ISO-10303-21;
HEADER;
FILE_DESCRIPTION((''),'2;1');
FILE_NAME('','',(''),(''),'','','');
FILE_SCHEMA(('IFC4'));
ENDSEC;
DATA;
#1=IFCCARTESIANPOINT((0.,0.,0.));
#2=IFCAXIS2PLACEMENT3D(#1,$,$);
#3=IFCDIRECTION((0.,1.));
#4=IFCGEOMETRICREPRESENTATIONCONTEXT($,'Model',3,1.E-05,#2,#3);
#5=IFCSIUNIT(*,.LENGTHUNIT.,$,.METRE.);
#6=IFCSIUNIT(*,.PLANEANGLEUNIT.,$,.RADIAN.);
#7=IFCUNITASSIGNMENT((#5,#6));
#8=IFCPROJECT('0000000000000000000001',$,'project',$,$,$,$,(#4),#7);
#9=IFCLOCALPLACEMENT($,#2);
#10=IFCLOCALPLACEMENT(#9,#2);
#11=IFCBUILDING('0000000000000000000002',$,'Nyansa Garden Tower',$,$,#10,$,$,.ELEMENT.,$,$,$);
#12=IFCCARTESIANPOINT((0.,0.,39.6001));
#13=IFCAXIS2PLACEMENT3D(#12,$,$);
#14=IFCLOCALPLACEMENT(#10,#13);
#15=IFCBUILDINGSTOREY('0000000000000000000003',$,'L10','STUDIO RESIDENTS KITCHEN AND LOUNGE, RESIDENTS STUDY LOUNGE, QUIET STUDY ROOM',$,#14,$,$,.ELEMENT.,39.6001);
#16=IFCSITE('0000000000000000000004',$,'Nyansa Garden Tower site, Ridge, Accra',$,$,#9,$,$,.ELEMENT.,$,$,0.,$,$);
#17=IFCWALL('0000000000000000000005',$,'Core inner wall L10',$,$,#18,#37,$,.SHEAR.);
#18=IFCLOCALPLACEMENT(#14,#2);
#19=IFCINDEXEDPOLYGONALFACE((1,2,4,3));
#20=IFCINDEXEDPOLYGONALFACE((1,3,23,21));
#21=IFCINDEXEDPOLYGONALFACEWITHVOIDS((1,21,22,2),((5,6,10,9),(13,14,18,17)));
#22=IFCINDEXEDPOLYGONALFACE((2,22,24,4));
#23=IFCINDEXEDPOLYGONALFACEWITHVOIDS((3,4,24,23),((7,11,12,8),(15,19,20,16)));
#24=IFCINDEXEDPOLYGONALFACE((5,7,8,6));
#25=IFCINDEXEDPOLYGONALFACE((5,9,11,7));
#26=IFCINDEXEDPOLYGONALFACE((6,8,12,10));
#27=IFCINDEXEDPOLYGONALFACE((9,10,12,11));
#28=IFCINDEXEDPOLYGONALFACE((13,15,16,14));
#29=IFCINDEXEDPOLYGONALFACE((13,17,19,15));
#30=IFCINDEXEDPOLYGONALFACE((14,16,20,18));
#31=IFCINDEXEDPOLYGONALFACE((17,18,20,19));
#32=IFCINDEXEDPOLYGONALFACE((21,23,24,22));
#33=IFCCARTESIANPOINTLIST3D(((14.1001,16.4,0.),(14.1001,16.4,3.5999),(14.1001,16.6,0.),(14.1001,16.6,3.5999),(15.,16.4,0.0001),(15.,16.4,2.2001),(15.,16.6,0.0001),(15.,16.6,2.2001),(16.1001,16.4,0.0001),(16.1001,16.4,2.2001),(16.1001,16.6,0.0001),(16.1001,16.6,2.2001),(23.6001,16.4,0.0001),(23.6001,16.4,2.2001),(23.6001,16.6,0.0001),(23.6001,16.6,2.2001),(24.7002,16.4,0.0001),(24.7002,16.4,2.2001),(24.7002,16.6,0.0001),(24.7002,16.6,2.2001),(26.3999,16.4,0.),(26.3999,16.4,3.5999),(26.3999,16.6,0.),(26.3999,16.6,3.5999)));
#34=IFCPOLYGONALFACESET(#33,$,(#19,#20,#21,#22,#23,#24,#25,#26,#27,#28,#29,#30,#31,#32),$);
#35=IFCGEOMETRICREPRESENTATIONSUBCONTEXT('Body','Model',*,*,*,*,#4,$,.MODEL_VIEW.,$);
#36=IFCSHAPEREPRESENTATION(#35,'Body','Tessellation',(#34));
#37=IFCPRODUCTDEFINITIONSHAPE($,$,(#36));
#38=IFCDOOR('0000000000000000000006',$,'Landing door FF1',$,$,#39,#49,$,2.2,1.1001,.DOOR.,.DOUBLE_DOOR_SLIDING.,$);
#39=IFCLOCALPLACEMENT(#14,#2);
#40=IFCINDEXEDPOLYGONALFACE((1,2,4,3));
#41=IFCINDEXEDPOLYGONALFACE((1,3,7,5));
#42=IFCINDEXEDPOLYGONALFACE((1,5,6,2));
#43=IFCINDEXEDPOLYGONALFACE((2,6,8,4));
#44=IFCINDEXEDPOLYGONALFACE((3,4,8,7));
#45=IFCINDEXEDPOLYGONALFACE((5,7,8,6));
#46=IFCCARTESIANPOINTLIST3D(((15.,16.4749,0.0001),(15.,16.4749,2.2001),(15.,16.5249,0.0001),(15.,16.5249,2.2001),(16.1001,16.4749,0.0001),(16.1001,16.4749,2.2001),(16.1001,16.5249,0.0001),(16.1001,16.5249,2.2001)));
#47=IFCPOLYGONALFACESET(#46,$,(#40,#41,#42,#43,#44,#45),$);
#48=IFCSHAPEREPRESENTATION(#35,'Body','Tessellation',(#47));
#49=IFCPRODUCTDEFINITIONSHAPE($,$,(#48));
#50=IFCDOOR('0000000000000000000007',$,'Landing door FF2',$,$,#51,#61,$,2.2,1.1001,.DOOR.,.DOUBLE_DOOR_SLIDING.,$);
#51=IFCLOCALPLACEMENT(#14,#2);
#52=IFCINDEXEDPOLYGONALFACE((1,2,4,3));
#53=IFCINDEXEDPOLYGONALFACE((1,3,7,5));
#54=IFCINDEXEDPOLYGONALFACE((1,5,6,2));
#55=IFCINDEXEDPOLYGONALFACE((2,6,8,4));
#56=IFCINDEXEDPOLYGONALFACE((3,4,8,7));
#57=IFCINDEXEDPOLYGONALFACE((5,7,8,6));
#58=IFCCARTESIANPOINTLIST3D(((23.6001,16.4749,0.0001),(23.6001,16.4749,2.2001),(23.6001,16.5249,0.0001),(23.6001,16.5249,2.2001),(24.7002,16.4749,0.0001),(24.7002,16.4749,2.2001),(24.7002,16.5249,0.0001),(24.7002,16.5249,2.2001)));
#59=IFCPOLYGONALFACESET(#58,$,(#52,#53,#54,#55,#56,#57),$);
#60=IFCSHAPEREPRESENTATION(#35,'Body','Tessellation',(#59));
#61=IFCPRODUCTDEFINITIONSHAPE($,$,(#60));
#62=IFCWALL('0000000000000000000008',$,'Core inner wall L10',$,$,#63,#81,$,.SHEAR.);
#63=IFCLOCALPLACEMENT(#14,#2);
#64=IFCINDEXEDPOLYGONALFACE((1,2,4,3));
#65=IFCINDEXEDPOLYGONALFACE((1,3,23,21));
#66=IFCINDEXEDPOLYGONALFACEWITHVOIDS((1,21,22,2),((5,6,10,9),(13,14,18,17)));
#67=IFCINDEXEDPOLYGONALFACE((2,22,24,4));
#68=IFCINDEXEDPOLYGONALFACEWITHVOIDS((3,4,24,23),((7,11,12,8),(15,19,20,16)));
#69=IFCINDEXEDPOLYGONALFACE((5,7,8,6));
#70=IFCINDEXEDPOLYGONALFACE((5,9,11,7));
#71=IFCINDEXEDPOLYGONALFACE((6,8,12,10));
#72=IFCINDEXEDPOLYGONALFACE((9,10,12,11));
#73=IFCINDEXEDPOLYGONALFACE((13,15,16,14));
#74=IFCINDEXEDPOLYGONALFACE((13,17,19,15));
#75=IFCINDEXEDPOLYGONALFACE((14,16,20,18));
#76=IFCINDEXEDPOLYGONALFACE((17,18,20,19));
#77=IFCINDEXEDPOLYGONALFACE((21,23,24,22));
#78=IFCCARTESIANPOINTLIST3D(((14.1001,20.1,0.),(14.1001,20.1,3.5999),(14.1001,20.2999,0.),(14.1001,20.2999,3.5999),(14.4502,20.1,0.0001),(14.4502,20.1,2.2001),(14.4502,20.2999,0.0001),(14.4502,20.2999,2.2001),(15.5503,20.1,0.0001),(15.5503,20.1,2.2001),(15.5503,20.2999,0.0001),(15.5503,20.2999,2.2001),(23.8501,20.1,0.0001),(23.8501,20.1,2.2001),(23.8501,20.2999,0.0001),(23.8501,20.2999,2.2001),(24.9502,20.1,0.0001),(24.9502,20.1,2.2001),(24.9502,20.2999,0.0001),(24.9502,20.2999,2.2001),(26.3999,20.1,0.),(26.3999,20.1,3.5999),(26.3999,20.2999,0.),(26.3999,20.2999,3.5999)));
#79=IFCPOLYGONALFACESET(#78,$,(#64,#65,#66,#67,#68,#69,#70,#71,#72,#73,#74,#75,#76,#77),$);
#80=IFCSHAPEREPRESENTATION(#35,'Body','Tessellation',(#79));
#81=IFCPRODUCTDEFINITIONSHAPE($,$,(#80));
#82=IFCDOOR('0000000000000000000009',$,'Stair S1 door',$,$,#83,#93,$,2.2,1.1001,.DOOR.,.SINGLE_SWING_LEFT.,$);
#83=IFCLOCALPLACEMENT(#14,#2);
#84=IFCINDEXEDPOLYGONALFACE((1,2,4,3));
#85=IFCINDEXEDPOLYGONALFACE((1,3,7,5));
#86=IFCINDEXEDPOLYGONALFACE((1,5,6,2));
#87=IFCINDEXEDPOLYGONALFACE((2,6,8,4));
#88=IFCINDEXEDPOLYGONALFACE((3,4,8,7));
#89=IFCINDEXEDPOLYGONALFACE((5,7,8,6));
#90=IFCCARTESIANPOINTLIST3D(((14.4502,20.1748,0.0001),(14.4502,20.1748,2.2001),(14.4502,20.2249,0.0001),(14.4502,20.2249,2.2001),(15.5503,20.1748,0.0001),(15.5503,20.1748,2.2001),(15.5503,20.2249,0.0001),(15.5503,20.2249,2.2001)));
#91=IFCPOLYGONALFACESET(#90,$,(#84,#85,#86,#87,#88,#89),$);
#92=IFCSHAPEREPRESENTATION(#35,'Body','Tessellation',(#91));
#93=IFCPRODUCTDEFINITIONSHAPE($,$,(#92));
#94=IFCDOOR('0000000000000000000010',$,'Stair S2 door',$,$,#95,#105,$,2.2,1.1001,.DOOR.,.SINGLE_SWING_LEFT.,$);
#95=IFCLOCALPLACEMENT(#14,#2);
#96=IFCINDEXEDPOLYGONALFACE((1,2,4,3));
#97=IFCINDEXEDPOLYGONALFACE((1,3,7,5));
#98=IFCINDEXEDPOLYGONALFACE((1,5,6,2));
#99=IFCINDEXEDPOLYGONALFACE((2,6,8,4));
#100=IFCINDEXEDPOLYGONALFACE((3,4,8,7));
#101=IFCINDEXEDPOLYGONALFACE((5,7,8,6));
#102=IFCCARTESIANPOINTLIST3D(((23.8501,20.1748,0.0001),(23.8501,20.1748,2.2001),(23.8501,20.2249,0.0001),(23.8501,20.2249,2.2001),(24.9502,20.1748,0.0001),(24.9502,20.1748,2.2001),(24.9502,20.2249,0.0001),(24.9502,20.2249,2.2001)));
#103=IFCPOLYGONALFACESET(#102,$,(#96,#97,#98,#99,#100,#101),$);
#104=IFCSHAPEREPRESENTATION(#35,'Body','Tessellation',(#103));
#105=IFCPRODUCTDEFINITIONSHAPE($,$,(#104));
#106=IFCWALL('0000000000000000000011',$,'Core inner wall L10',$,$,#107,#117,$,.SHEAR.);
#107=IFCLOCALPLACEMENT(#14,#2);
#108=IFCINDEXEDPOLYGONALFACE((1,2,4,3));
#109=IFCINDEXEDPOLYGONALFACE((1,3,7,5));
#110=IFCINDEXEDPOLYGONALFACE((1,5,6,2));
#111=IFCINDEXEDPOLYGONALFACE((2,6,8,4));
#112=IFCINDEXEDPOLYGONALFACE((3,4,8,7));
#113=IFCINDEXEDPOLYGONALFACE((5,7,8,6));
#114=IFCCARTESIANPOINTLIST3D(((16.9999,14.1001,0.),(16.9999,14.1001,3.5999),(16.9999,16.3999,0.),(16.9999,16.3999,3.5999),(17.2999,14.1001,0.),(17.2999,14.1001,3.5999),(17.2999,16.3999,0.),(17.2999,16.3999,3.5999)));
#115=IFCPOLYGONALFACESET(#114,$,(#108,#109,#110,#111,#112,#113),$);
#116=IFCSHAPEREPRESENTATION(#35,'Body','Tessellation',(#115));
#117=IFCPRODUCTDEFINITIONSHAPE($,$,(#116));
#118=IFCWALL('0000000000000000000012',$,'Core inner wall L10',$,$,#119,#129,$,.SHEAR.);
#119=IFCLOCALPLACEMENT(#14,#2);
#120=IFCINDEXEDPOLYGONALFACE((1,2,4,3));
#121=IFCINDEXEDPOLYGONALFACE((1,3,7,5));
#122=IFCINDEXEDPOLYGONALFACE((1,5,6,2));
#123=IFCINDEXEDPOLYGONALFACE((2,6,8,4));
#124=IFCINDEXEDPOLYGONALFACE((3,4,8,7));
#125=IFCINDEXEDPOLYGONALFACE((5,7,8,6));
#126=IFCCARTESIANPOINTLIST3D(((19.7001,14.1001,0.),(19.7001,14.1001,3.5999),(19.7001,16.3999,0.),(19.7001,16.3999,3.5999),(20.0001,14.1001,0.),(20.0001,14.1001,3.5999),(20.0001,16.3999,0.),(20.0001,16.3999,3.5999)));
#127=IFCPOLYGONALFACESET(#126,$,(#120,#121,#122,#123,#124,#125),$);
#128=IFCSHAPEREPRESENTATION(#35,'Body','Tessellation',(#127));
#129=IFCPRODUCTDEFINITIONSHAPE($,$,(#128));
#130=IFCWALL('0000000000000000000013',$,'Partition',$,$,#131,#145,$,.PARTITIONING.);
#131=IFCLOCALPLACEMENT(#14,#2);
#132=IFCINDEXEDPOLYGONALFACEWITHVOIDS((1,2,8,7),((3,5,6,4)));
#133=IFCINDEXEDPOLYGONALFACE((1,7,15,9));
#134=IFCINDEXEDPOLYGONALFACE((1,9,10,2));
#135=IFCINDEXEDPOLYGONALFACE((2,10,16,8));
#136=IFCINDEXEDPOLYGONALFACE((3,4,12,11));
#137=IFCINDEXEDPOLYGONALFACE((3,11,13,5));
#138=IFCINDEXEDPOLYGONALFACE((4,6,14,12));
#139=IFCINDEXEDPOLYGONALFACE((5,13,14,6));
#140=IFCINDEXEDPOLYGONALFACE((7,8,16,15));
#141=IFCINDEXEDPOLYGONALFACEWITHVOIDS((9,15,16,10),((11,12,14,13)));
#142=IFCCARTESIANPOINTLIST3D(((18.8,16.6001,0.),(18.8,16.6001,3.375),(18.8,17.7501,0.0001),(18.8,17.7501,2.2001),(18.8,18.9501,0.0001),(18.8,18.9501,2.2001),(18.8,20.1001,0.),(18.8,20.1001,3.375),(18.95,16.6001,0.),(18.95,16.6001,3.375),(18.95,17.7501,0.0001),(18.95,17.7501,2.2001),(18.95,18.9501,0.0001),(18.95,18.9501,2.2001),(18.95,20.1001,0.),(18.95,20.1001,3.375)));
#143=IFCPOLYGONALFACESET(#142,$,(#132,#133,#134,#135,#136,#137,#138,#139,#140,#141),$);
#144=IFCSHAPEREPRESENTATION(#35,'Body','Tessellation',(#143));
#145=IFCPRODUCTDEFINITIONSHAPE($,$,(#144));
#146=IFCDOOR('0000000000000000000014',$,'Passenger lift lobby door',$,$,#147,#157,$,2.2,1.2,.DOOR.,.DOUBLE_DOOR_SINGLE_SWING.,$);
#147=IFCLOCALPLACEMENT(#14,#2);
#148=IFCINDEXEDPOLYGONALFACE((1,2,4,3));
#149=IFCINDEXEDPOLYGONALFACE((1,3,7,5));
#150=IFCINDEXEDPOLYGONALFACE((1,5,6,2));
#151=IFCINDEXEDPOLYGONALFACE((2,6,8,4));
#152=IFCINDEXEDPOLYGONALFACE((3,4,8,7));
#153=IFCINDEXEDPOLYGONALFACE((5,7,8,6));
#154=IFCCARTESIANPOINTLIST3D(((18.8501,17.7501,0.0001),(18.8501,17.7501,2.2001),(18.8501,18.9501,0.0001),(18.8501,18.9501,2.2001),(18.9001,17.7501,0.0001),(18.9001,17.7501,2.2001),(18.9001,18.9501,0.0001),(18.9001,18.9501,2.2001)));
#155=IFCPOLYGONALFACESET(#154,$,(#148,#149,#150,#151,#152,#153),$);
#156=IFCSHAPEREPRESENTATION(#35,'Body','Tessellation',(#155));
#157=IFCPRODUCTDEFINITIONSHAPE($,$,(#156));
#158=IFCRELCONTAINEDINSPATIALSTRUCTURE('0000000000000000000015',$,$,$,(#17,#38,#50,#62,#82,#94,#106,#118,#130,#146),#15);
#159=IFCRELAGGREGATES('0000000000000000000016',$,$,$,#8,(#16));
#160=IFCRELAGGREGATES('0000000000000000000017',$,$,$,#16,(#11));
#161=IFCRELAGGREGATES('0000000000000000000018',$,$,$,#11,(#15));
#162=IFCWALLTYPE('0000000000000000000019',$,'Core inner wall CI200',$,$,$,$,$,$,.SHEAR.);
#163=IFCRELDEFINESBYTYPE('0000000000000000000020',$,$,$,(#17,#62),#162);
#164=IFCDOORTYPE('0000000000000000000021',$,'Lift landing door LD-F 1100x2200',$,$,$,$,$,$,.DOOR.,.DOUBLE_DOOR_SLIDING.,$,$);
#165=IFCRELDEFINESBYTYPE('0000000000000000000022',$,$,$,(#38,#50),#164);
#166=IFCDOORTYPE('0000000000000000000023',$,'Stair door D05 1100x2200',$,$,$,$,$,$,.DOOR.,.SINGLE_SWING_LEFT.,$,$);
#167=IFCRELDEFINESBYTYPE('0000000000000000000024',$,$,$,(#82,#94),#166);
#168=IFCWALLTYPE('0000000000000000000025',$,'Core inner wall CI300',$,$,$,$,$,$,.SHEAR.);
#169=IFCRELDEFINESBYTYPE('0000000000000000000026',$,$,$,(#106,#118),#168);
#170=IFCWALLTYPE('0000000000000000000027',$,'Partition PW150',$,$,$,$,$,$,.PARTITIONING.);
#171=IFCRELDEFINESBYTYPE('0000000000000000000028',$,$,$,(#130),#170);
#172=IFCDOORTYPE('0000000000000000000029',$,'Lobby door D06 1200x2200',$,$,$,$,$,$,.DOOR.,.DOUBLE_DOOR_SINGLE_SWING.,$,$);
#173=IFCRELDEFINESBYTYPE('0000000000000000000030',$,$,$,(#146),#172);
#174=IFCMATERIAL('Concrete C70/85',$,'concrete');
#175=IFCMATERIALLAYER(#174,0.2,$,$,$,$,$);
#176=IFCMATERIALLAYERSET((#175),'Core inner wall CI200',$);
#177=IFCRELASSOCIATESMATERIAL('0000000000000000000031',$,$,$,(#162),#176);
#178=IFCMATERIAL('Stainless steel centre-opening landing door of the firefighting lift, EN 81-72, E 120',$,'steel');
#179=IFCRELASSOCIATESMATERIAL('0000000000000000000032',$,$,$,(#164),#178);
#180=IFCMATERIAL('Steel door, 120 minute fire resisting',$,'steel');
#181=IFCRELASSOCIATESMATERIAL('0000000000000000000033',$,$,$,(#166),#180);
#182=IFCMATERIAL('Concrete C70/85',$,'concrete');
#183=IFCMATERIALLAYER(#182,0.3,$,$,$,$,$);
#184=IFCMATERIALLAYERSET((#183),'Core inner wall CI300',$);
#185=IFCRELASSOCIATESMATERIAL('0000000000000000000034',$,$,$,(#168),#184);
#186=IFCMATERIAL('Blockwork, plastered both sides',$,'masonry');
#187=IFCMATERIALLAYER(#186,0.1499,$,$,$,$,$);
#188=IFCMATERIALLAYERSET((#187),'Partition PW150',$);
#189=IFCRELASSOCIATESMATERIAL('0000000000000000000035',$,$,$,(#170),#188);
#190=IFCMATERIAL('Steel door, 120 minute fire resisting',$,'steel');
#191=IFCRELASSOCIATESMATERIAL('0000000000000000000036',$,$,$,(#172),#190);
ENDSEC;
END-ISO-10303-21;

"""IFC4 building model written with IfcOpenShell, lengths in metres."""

from ifc_helpers import new_model, si_unit, direction, frame, frame_2d, origin, place, context, subcontext, project, spatial, rectangle, extrude, material, layer, layer_set, type_object, element, fill, save


model = new_model("IFC4")

# Units and contexts
model_context = context("Model", 3, precision=1e-05, world=origin(), true_north=direction((0.0, 1.0)))
body_context = subcontext(model_context, "Body", "Model", "MODEL_VIEW")
ifc_project = project(units=[si_unit("LENGTHUNIT", "METRE"), si_unit("PLANEANGLEUNIT", "RADIAN")], contexts=[model_context])

# Site, building, storey
site_placement = place(None, origin())
site = spatial("IfcSite", under=ifc_project, at=site_placement, Name="Nyansa Garden Tower site, Ridge, Accra", CompositionType="ELEMENT", RefElevation=0.0)
building_placement = place(site_placement, origin())
building = spatial("IfcBuilding", under=site, at=building_placement, Name="Nyansa Garden Tower", CompositionType="ELEMENT")
storey_placement = place(building_placement, frame((0.0, 0.0, 39.6001)))
storey = spatial("IfcBuildingStorey", under=building, at=storey_placement, Name="L10", Description="STUDIO RESIDENTS KITCHEN AND LOUNGE, RESIDENTS STUDY LOUNGE, QUIET STUDY ROOM", CompositionType="ELEMENT", Elevation=39.6001)

# Walls, openings, doors
ifc_material_1 = material(Name="Concrete C70/85", Category="concrete")
ifc_layer_1 = layer(ifc_material_1, 0.2)
ifc_layer_set_1 = layer_set([ifc_layer_1], Name="Core inner wall CI200")
wall_type_1 = type_object("IfcWallType", Name="Core inner wall CI200", PredefinedType="SHEAR", material=ifc_layer_set_1)
wall_1_placement = place(storey_placement, frame((14.1001, 16.5, 0.0), z_axis=(0.0, 0.0, 1.0), x_axis=(1.0, 0.0, 0.0)))
wall_1 = element("IfcWall", 1, at=wall_1_placement, inside=storey, type_object=wall_type_1, Name="Core inner wall L10", PredefinedType="SHEAR", context=body_context, shape_type="SweptSolid", body=[
    extrude(rectangle(XDim=12.2998, YDim=0.2, at=frame_2d((6.1499, 0.0))), origin(), (0.0, 0.0, 1.0), 3.5999),
])
opening_1_placement = place(wall_1_placement, frame((0.8999, 0.0, 0.0)))
opening_1 = element("IfcOpeningElement", 2, at=opening_1_placement, cuts=wall_1, PredefinedType="OPENING", context=body_context, shape_type="SweptSolid", body=[
    extrude(rectangle(XDim=1.1001, YDim=2.2, at=frame_2d((0.55, 1.1001))), frame((0.0, 0.1099, 0.0), z_axis=(0.0, -1.0, 0.0), x_axis=(1.0, 0.0, 0.0)), (0.0, 0.0, 1.0), 0.22),
])
opening_2_placement = place(wall_1_placement, frame((9.5, 0.0, 0.0)))
opening_2 = element("IfcOpeningElement", 3, at=opening_2_placement, cuts=wall_1, PredefinedType="OPENING", context=body_context, shape_type="SweptSolid", body=[
    extrude(rectangle(XDim=1.1001, YDim=2.2, at=frame_2d((0.55, 1.1001))), frame((0.0, 0.1099, 0.0), z_axis=(0.0, -1.0, 0.0), x_axis=(1.0, 0.0, 0.0)), (0.0, 0.0, 1.0), 0.22),
])
ifc_material_2 = material(Name="Stainless steel centre-opening landing door of the firefighting lift, EN 81-72, E 120", Category="steel")
door_type_1 = type_object("IfcDoorType", Name="Lift landing door LD-F 1100x2200", OperationType="DOUBLE_DOOR_SLIDING", PredefinedType="DOOR", material=ifc_material_2)
door_1_placement = place(opening_1_placement, origin())
door_1 = element("IfcDoor", 4, at=door_1_placement, inside=storey, type_object=door_type_1, Name="Landing door FF1", OperationType="DOUBLE_DOOR_SLIDING", OverallHeight=2.2, OverallWidth=1.1001, PredefinedType="DOOR", context=body_context, shape_type="SweptSolid", body=[
    extrude(rectangle(XDim=1.1001, YDim=2.2, at=frame_2d((0.55, 1.1001))), frame((0.0, 0.0249, 0.0), z_axis=(0.0, -1.0, 0.0), x_axis=(1.0, 0.0, 0.0)), (0.0, 0.0, 1.0), 0.05),
])
fill(opening_1, door_1)
door_2_placement = place(opening_2_placement, origin())
door_2 = element("IfcDoor", 5, at=door_2_placement, inside=storey, type_object=door_type_1, Name="Landing door FF2", OperationType="DOUBLE_DOOR_SLIDING", OverallHeight=2.2, OverallWidth=1.1001, PredefinedType="DOOR", context=body_context, shape_type="SweptSolid", body=[
    extrude(rectangle(XDim=1.1001, YDim=2.2, at=frame_2d((0.55, 1.1001))), frame((0.0, 0.0249, 0.0), z_axis=(0.0, -1.0, 0.0), x_axis=(1.0, 0.0, 0.0)), (0.0, 0.0, 1.0), 0.05),
])
fill(opening_2, door_2)
wall_2_placement = place(storey_placement, frame((14.1001, 20.2, 0.0), z_axis=(0.0, 0.0, 1.0), x_axis=(1.0, 0.0, 0.0)))
wall_2 = element("IfcWall", 6, at=wall_2_placement, inside=storey, type_object=wall_type_1, Name="Core inner wall L10", PredefinedType="SHEAR", context=body_context, shape_type="SweptSolid", body=[
    extrude(rectangle(XDim=12.2998, YDim=0.2, at=frame_2d((6.1499, 0.0))), origin(), (0.0, 0.0, 1.0), 3.5999),
])
opening_3_placement = place(wall_2_placement, frame((0.3501, 0.0, 0.0)))
opening_3 = element("IfcOpeningElement", 7, at=opening_3_placement, cuts=wall_2, PredefinedType="OPENING", context=body_context, shape_type="SweptSolid", body=[
    extrude(rectangle(XDim=1.1001, YDim=2.2, at=frame_2d((0.55, 1.1001))), frame((0.0, 0.1099, 0.0), z_axis=(0.0, -1.0, 0.0), x_axis=(1.0, 0.0, 0.0)), (0.0, 0.0, 1.0), 0.22),
])
opening_4_placement = place(wall_2_placement, frame((9.75, 0.0, 0.0)))
opening_4 = element("IfcOpeningElement", 8, at=opening_4_placement, cuts=wall_2, PredefinedType="OPENING", context=body_context, shape_type="SweptSolid", body=[
    extrude(rectangle(XDim=1.1001, YDim=2.2, at=frame_2d((0.55, 1.1001))), frame((0.0, 0.1099, 0.0), z_axis=(0.0, -1.0, 0.0), x_axis=(1.0, 0.0, 0.0)), (0.0, 0.0, 1.0), 0.22),
])
ifc_material_3 = material(Name="Steel door, 120 minute fire resisting", Category="steel")
door_type_2 = type_object("IfcDoorType", Name="Stair door D05 1100x2200", OperationType="SINGLE_SWING_LEFT", PredefinedType="DOOR", material=ifc_material_3)
door_3_placement = place(opening_3_placement, origin())
door_3 = element("IfcDoor", 9, at=door_3_placement, inside=storey, type_object=door_type_2, Name="Stair S1 door", OperationType="SINGLE_SWING_LEFT", OverallHeight=2.2, OverallWidth=1.1001, PredefinedType="DOOR", context=body_context, shape_type="SweptSolid", body=[
    extrude(rectangle(XDim=1.1001, YDim=2.2, at=frame_2d((0.55, 1.1001))), frame((0.0, 0.0249, 0.0), z_axis=(0.0, -1.0, 0.0), x_axis=(1.0, 0.0, 0.0)), (0.0, 0.0, 1.0), 0.05),
])
fill(opening_3, door_3)
door_4_placement = place(opening_4_placement, origin())
door_4 = element("IfcDoor", 10, at=door_4_placement, inside=storey, type_object=door_type_2, Name="Stair S2 door", OperationType="SINGLE_SWING_LEFT", OverallHeight=2.2, OverallWidth=1.1001, PredefinedType="DOOR", context=body_context, shape_type="SweptSolid", body=[
    extrude(rectangle(XDim=1.1001, YDim=2.2, at=frame_2d((0.55, 1.1001))), frame((0.0, 0.0249, 0.0), z_axis=(0.0, -1.0, 0.0), x_axis=(1.0, 0.0, 0.0)), (0.0, 0.0, 1.0), 0.05),
])
fill(opening_4, door_4)

# Walls
ifc_material_4 = material(Name="Concrete C70/85", Category="concrete")
ifc_layer_2 = layer(ifc_material_4, 0.3)
ifc_layer_set_2 = layer_set([ifc_layer_2], Name="Core inner wall CI300")
wall_type_2 = type_object("IfcWallType", Name="Core inner wall CI300", PredefinedType="SHEAR", material=ifc_layer_set_2)
for number, where, z_axis, x_axis, name in (
    (11, (17.1499, 14.1001, 0.0), (0.0, 0.0, 1.0), (0.0, 1.0, 0.0), "Core inner wall L10"),
    (12, (19.8501, 14.1001, 0.0), (0.0, 0.0, 1.0), (0.0, 1.0, 0.0), "Core inner wall L10"),
):
    element("IfcWall", number, at=place(storey_placement, frame(where, z_axis=z_axis, x_axis=x_axis)), inside=storey, type_object=wall_type_2, Name=name, PredefinedType="SHEAR", context=body_context, shape_type="SweptSolid", body=[
        extrude(rectangle(XDim=2.2998, YDim=0.3, at=frame_2d((1.1499, 0.0))), origin(), (0.0, 0.0, 1.0), 3.5999),
    ])

# Wall, opening, door
ifc_material_5 = material(Name="Blockwork, plastered both sides", Category="masonry")
ifc_layer_3 = layer(ifc_material_5, 0.1499)
ifc_layer_set_3 = layer_set([ifc_layer_3], Name="Partition PW150")
wall_type_3 = type_object("IfcWallType", Name="Partition PW150", PredefinedType="PARTITIONING", material=ifc_layer_set_3)
wall_3_placement = place(storey_placement, frame((18.875, 16.6001, 0.0), z_axis=(0.0, 0.0, 1.0), x_axis=(0.0, 1.0, 0.0)))
wall_3 = element("IfcWall", 13, at=wall_3_placement, inside=storey, type_object=wall_type_3, Name="Partition", PredefinedType="PARTITIONING", context=body_context, shape_type="SweptSolid", body=[
    extrude(rectangle(XDim=3.5, YDim=0.1499, at=frame_2d((1.75, 0.0))), origin(), (0.0, 0.0, 1.0), 3.375),
])
opening_5_placement = place(wall_3_placement, frame((1.1499, 0.0, 0.0)))
opening_5 = element("IfcOpeningElement", 14, at=opening_5_placement, cuts=wall_3, PredefinedType="OPENING", context=body_context, shape_type="SweptSolid", body=[
    extrude(rectangle(XDim=1.2, YDim=2.2, at=frame_2d((0.6001, 1.1001))), frame((0.0, 0.085, 0.0), z_axis=(0.0, -1.0, 0.0), x_axis=(1.0, 0.0, 0.0)), (0.0, 0.0, 1.0), 0.1699),
])
ifc_material_6 = material(Name="Steel door, 120 minute fire resisting", Category="steel")
door_type_3 = type_object("IfcDoorType", Name="Lobby door D06 1200x2200", OperationType="DOUBLE_DOOR_SINGLE_SWING", PredefinedType="DOOR", material=ifc_material_6)
door_5_placement = place(opening_5_placement, origin())
door_5 = element("IfcDoor", 15, at=door_5_placement, inside=storey, type_object=door_type_3, Name="Passenger lift lobby door", OperationType="DOUBLE_DOOR_SINGLE_SWING", OverallHeight=2.2, OverallWidth=1.2, PredefinedType="DOOR", context=body_context, shape_type="SweptSolid", body=[
    extrude(rectangle(XDim=1.2, YDim=2.2, at=frame_2d((0.6001, 1.1001))), frame((0.0, 0.0249, 0.0), z_axis=(0.0, -1.0, 0.0), x_axis=(1.0, 0.0, 0.0)), (0.0, 0.0, 1.0), 0.05),
])
fill(opening_5, door_5)

save(model, "model.ifc")
